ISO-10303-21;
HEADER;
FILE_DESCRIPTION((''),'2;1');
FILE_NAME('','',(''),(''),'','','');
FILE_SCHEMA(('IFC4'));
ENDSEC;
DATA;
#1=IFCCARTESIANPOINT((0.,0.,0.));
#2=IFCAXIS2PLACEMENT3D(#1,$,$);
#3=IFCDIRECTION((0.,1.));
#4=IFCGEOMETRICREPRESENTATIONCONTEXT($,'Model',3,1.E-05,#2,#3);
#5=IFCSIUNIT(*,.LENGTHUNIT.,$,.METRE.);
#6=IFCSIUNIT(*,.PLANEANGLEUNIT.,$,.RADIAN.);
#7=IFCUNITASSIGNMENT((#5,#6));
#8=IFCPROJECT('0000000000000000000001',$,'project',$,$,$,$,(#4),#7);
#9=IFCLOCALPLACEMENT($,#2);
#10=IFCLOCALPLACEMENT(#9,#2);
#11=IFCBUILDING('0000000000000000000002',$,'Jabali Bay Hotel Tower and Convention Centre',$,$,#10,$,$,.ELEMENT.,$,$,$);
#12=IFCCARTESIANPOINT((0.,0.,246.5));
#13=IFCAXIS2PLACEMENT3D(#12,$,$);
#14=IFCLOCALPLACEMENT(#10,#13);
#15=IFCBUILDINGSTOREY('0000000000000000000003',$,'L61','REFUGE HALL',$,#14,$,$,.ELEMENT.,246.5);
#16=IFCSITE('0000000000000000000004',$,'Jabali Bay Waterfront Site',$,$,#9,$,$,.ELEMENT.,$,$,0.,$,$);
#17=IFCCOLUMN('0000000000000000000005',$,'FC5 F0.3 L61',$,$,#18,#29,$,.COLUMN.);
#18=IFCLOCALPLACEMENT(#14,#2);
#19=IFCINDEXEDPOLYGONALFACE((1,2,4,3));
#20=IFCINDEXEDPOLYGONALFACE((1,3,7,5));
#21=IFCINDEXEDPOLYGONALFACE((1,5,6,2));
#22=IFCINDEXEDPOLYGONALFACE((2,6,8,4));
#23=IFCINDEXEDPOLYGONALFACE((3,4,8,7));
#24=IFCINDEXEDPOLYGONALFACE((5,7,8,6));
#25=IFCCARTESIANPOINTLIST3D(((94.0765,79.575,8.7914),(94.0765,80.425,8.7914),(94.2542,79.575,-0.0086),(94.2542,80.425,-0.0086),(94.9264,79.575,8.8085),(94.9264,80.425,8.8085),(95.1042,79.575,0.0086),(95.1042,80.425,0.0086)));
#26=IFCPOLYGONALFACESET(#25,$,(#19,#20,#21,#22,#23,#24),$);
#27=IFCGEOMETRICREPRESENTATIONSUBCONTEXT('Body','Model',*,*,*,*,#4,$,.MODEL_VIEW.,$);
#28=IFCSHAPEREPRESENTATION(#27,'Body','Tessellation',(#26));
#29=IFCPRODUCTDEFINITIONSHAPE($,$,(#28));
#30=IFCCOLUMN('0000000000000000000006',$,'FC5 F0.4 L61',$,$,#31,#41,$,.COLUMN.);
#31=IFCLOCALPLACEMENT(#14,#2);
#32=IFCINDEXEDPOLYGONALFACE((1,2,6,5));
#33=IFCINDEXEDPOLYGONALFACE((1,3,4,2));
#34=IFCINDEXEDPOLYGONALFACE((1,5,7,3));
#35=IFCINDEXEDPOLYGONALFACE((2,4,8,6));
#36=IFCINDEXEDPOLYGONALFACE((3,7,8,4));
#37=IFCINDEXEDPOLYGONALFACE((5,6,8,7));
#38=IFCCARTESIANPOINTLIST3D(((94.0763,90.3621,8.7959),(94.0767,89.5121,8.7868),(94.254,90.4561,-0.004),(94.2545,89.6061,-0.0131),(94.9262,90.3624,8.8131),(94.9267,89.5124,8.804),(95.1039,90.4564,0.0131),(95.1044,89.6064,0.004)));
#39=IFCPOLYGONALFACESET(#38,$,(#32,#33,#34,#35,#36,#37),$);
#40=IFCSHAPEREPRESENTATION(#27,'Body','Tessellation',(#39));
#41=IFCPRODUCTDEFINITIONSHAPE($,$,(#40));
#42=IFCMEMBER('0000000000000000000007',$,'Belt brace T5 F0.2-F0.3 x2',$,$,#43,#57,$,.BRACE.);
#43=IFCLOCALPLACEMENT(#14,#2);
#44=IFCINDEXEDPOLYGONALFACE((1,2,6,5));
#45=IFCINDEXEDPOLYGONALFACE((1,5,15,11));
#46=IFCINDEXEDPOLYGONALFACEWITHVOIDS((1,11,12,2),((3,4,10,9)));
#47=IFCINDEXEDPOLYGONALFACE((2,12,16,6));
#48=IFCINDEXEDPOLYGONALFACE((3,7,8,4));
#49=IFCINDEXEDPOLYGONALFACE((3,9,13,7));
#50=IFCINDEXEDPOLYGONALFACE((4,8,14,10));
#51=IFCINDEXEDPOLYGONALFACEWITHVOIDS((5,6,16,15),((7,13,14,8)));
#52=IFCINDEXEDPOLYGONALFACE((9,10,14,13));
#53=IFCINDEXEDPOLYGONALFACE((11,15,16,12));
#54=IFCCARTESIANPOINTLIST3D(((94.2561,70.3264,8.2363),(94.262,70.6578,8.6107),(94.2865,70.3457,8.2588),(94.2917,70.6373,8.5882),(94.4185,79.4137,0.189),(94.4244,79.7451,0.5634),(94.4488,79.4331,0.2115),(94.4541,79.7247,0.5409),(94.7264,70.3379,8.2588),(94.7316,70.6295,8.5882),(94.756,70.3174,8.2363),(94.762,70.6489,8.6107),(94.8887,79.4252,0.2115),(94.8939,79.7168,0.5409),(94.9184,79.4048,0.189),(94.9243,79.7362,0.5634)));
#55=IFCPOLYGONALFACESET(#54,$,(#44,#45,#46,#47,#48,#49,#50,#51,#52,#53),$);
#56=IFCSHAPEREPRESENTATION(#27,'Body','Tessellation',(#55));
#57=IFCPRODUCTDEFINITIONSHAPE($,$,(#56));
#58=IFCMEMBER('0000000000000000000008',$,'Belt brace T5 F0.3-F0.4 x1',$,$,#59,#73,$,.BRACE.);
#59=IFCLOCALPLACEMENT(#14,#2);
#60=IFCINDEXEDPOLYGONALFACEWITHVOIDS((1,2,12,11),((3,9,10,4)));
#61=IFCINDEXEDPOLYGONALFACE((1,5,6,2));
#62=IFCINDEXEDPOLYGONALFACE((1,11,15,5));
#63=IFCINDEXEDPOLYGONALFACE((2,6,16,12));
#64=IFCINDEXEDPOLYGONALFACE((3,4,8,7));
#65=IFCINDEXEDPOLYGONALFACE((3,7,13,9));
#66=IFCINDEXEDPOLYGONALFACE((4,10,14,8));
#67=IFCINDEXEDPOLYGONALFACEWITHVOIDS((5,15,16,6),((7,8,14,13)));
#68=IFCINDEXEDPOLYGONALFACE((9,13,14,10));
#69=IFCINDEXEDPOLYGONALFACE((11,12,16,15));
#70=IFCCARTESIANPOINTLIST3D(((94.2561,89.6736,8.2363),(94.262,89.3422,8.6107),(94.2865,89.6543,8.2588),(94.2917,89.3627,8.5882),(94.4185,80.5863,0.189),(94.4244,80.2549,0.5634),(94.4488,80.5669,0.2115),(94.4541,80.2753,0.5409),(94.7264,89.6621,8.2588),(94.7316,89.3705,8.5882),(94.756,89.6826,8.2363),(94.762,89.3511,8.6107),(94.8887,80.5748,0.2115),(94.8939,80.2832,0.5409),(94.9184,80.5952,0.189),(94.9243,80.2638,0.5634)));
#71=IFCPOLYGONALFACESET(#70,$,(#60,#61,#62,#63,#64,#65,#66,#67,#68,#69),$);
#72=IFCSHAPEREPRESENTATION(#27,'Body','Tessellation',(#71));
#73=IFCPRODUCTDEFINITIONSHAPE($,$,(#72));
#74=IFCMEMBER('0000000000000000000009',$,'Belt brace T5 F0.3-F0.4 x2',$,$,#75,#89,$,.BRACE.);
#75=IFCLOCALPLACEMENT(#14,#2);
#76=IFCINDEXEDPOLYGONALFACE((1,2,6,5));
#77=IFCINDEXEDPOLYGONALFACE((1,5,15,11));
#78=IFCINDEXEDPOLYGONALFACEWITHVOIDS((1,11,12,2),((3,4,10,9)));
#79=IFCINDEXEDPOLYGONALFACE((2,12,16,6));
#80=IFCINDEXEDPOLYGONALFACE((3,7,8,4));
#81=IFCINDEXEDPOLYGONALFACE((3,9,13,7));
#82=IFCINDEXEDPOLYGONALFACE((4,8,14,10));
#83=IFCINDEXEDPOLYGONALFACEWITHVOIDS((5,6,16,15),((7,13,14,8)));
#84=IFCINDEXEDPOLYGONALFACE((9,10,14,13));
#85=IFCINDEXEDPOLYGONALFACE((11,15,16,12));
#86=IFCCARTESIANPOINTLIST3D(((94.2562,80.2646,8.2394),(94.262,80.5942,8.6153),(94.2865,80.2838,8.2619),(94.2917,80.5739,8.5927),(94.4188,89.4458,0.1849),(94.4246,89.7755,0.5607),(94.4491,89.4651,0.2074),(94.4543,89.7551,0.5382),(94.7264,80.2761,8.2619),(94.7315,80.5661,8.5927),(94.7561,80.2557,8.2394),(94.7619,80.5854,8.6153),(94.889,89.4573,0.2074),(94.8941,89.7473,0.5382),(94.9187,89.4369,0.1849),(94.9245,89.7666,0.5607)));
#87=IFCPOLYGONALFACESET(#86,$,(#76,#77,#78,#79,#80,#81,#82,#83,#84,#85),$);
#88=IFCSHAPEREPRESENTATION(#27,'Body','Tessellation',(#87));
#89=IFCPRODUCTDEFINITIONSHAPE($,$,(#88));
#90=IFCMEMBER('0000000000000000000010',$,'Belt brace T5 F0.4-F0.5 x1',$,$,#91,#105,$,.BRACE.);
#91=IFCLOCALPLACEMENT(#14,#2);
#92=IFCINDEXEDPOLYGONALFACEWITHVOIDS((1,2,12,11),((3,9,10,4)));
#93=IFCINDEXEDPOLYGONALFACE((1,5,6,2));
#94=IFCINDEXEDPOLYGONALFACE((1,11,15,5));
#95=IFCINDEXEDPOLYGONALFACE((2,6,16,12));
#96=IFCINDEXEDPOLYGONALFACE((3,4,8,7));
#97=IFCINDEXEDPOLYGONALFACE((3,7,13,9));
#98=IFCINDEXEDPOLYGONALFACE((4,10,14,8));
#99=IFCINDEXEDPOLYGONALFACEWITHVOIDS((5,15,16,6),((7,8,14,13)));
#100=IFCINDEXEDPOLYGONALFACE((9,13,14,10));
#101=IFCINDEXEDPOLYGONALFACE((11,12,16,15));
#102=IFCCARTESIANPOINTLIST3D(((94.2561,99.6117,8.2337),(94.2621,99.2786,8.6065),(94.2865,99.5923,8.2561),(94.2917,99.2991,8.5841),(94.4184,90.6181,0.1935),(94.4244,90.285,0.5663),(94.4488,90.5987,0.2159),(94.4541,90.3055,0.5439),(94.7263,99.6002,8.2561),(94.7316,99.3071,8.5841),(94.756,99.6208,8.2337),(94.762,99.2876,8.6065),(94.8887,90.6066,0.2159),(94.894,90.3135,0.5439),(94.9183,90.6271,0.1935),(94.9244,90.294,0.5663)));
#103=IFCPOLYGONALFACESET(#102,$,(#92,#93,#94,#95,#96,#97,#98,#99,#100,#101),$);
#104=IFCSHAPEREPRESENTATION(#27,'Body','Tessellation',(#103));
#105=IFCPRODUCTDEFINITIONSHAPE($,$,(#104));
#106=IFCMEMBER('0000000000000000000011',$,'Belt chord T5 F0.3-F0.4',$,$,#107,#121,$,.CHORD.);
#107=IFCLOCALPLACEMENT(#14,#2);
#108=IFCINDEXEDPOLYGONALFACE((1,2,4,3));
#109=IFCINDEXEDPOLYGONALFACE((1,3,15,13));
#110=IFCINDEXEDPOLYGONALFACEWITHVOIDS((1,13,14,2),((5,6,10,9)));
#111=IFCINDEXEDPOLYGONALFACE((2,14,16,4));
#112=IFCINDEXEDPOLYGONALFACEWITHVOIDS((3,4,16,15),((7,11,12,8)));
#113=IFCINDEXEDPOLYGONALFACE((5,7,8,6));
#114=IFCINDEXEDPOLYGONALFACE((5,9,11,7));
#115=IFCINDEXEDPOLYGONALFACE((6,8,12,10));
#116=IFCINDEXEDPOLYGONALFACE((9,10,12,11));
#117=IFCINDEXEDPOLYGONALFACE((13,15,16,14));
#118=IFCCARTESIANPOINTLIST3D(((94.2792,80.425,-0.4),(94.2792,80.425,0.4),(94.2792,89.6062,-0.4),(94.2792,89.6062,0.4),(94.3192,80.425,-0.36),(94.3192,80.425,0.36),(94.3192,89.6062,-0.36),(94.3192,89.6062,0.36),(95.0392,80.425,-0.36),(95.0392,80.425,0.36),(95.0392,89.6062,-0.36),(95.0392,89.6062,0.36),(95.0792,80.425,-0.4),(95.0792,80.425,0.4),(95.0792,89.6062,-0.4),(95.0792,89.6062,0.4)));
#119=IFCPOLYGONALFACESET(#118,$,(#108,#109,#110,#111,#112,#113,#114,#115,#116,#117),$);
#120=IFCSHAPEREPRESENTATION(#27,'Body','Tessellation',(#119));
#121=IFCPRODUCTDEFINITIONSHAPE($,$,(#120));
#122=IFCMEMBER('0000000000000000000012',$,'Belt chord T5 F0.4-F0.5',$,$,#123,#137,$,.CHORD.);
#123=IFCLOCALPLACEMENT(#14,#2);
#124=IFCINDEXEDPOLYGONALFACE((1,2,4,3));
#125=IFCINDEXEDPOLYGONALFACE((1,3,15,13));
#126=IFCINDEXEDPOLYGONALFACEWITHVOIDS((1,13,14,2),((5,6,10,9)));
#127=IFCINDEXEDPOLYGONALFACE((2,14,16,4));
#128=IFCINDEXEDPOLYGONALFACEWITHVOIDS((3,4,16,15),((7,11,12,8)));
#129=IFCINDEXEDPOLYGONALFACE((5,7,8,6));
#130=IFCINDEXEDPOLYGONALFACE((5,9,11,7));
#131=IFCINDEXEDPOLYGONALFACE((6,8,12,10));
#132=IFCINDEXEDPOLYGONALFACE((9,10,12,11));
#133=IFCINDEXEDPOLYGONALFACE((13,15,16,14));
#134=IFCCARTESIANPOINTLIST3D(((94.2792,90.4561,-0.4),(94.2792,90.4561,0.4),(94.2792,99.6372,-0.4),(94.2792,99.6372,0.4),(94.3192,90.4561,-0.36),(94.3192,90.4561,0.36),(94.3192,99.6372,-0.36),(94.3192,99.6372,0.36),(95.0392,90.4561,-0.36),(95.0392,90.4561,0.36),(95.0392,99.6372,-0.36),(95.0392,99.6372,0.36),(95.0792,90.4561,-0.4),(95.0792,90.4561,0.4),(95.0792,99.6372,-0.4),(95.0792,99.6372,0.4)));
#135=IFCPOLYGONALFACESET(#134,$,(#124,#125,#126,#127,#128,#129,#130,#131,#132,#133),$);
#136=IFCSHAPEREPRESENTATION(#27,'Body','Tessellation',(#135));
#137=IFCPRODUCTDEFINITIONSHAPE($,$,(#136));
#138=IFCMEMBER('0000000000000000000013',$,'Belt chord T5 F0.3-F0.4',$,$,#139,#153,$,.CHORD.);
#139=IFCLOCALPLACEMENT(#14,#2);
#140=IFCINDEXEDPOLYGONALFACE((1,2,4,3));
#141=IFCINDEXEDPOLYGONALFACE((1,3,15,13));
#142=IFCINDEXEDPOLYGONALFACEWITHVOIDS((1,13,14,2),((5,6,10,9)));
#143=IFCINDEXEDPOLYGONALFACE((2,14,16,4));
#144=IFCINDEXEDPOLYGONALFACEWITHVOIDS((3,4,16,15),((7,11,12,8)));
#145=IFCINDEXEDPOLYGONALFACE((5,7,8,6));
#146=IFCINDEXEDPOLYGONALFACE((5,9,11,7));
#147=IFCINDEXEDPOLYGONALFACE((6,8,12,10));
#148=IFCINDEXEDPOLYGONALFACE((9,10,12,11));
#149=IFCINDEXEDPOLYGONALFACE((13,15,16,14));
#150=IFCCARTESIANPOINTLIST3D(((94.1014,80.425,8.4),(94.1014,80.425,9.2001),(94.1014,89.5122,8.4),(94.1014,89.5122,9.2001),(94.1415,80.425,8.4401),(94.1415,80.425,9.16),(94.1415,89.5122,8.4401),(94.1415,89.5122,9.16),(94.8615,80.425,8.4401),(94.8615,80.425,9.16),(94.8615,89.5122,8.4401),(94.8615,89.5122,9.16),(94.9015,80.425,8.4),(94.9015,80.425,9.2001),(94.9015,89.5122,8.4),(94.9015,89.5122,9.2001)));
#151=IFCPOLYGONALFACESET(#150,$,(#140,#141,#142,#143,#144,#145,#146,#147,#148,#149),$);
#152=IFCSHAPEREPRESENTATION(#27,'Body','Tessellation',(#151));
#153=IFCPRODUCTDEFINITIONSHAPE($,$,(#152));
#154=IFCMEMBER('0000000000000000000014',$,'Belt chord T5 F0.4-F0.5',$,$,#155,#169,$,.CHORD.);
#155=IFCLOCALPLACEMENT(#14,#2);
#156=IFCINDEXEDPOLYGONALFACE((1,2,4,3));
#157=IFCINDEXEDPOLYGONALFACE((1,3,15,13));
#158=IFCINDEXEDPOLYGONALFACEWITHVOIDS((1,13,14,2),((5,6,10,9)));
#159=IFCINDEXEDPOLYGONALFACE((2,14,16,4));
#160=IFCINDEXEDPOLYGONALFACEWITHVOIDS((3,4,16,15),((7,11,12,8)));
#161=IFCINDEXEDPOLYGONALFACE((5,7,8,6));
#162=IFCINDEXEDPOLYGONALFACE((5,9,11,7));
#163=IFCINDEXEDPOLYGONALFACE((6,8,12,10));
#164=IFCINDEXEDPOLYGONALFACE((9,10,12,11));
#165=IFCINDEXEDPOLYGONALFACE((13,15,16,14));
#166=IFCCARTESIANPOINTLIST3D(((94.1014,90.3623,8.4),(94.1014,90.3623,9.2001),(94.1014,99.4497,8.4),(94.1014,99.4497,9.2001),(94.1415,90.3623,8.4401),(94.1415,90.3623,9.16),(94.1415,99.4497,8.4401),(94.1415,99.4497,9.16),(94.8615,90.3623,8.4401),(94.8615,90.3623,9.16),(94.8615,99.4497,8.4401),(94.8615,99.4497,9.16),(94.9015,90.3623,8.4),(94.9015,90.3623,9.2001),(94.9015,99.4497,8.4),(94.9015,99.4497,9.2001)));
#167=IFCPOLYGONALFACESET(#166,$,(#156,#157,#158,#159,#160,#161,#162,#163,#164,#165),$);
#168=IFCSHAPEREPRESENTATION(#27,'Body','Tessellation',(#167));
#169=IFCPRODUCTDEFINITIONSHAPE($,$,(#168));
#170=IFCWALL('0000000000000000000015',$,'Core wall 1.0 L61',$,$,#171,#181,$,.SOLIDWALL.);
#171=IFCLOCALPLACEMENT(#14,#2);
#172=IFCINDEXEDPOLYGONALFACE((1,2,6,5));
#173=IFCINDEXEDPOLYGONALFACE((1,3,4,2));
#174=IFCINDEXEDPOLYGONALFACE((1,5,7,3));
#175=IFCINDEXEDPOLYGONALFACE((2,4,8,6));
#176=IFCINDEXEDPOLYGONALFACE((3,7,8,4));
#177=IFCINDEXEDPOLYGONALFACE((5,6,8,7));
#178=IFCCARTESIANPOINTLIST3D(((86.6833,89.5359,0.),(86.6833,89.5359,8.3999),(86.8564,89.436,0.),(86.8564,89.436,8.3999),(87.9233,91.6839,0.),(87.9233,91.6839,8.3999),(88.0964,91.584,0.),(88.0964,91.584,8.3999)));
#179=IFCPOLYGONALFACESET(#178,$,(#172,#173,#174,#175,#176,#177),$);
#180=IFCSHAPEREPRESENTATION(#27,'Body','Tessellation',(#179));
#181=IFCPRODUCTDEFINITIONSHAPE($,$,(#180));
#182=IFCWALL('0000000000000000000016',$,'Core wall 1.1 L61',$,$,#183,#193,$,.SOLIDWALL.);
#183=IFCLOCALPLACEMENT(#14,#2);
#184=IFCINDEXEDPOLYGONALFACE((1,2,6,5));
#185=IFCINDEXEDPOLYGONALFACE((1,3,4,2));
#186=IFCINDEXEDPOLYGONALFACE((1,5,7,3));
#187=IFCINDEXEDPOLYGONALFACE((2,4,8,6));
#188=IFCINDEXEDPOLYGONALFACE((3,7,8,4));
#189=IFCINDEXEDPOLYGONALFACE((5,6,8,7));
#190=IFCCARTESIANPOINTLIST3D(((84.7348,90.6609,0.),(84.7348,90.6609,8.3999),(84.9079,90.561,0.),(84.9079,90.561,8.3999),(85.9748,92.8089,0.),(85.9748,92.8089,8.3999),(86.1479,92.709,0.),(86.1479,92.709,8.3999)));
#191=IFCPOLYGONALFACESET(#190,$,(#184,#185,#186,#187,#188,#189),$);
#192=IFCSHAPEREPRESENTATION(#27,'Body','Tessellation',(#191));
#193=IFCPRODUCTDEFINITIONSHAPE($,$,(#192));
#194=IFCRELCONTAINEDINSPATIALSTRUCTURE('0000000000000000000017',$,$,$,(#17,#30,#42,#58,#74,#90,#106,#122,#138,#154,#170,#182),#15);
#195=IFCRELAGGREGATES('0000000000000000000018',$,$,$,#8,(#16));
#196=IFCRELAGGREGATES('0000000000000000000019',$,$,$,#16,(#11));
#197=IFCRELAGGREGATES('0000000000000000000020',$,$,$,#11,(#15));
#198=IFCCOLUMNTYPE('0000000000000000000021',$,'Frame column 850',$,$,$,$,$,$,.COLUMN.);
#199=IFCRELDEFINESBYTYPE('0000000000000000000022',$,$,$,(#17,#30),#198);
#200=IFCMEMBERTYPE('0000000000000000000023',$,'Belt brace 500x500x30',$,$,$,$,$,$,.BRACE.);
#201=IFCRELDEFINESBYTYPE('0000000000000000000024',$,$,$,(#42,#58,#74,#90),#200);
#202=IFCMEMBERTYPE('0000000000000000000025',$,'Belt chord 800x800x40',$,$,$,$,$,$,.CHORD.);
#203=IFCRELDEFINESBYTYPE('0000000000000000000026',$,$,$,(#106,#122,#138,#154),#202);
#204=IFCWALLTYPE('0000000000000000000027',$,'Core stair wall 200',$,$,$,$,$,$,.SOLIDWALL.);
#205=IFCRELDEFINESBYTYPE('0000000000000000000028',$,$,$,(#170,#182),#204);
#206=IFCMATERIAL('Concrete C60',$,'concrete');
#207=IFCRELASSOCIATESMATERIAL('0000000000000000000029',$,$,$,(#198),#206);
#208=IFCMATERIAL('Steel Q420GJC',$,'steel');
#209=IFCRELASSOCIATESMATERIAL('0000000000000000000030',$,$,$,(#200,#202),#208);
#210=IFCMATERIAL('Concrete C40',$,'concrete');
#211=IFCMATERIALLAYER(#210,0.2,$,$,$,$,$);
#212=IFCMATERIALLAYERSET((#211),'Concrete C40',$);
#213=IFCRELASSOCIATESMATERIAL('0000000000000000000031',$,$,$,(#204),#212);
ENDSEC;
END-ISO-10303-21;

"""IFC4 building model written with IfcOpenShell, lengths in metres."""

from ifc_helpers import new_model, si_unit, direction, frame, frame_2d, origin, origin_2d, place, context, subcontext, project, spatial, rectangle, hollow_rectangle, extrude, material, layer, layer_set, material_profile, profile_set, type_object, element, save


model = new_model("IFC4")

# Units and contexts
model_context = context("Model", 3, precision=1e-05, world=origin(), true_north=direction((0.0, 1.0)))
body_context = subcontext(model_context, "Body", "Model", "MODEL_VIEW")
ifc_project = project(units=[si_unit("LENGTHUNIT", "METRE"), si_unit("PLANEANGLEUNIT", "RADIAN")], contexts=[model_context])

# Site, building, storey
site_placement = place(None, origin())
site = spatial("IfcSite", under=ifc_project, at=site_placement, Name="Jabali Bay Waterfront Site", CompositionType="ELEMENT", RefElevation=0.0)
building_placement = place(site_placement, origin())
building = spatial("IfcBuilding", under=site, at=building_placement, Name="Jabali Bay Hotel Tower and Convention Centre", CompositionType="ELEMENT")
storey_placement = place(building_placement, frame((0.0, 0.0, 246.5)))
storey = spatial("IfcBuildingStorey", under=building, at=storey_placement, Name="L61", Description="REFUGE HALL", CompositionType="ELEMENT", Elevation=246.5)

# Columns
ifc_material_1 = material(Name="Concrete C60", Category="concrete")
ifc_material_profile_1 = material_profile(ifc_material_1, rectangle(XDim=0.8501, YDim=0.8501, at=origin_2d()), Name="Frame column 850")
ifc_profile_set_1 = profile_set([ifc_material_profile_1], Name="Concrete C60")
column_type = type_object("IfcColumnType", Name="Frame column 850", PredefinedType="COLUMN", material=ifc_profile_set_1)
column_1_placement = place(storey_placement, frame((94.6792, 80.0, 0.0), z_axis=(-0.020193, 0.0, 0.999796), x_axis=(0.0, -1.0, 0.0)))
element("IfcColumn", 1, at=column_1_placement, inside=storey, type_object=column_type, Name="FC5 F0.3 L61", PredefinedType="COLUMN", context=body_context, shape_type="SweptSolid", body=[
    extrude(rectangle(XDim=0.8501, YDim=0.8501, at=origin_2d()), origin(), (0.0, 0.0, 1.0), 8.8018),
])
column_2_placement = place(storey_placement, frame((94.6792, 90.0312, 0.0), z_axis=(-0.020192, -0.010678, 0.999739), x_axis=(0.999796, 0.00036, 0.020197)))
element("IfcColumn", 2, at=column_2_placement, inside=storey, type_object=column_type, Name="FC5 F0.4 L61", PredefinedType="COLUMN", context=body_context, shape_type="SweptSolid", body=[
    extrude(rectangle(XDim=0.8501, YDim=0.8501, at=origin_2d()), origin(), (0.0, 0.0, 1.0), 8.8022),
])

# Members
ifc_material_2 = material(Name="Steel Q420GJC", Category="steel")
ifc_material_profile_2 = material_profile(ifc_material_2, hollow_rectangle(XDim=0.5, YDim=0.5, WallThickness=0.03, at=origin_2d()), Name="Belt brace 500x500x30")
ifc_profile_set_2 = profile_set([ifc_material_profile_2], Name="Steel Q420GJC")
member_type_1 = type_object("IfcMemberType", Name="Belt brace 500x500x30", PredefinedType="BRACE", material=ifc_profile_set_2)
for number, where, z_axis, x_axis, name in (
    (3, (94.6714, 79.575, 0.3762), (-0.013374, -0.748582, 0.662908), (0.99984, -0.017863, 0.0), "Belt brace T5 F0.2-F0.3 x2"),
    (4, (94.6714, 80.425, 0.3762), (-0.013374, 0.748582, 0.662908), (-0.99984, -0.017863, 0.0), "Belt brace T5 F0.3-F0.4 x1"),
):
    element("IfcMember", number, at=place(storey_placement, frame(where, z_axis=z_axis, x_axis=x_axis)), inside=storey, type_object=member_type_1, Name=name, PredefinedType="BRACE", context=body_context, shape_type="SweptSolid", body=[
        extrude(hollow_rectangle(XDim=0.5, YDim=0.5, WallThickness=0.03, at=origin_2d()), origin(), (0.0, 0.0, 1.0), 12.1394),
    ])
member_1_placement = place(storey_placement, frame((94.6716, 89.6062, 0.3728), z_axis=(-0.013312, -0.75166, 0.659416), x_axis=(0.999843, -0.017707, 0.0)))
element("IfcMember", 5, at=member_1_placement, inside=storey, type_object=member_type_1, Name="Belt brace T5 F0.3-F0.4 x2", PredefinedType="BRACE", context=body_context, shape_type="SweptSolid", body=[
    extrude(hollow_rectangle(XDim=0.5, YDim=0.5, WallThickness=0.03, at=origin_2d()), origin(), (0.0, 0.0, 1.0), 12.2146),
])
member_2_placement = place(storey_placement, frame((94.6714, 90.4561, 0.3799), z_axis=(-0.013457, 0.745448, 0.666427), x_axis=(-0.999837, -0.018049, 0.0)))
element("IfcMember", 6, at=member_2_placement, inside=storey, type_object=member_type_1, Name="Belt brace T5 F0.4-F0.5 x1", PredefinedType="BRACE", context=body_context, shape_type="SweptSolid", body=[
    extrude(hollow_rectangle(XDim=0.5, YDim=0.5, WallThickness=0.03, at=origin_2d()), origin(), (0.0, 0.0, 1.0), 12.0647),
])
ifc_material_profile_3 = material_profile(ifc_material_2, hollow_rectangle(XDim=0.8, YDim=0.8, WallThickness=0.04, at=origin_2d()), Name="Belt chord 800x800x40")
ifc_profile_set_3 = profile_set([ifc_material_profile_3], Name="Steel Q420GJC")
member_type_2 = type_object("IfcMemberType", Name="Belt chord 800x800x40", PredefinedType="CHORD", material=ifc_profile_set_3)
for number, where, z_axis, x_axis, name in (
    (7, (94.6792, 80.425, 0.0), (0.0, 1.0, 0.0), (-1.0, 0.0, 0.0), "Belt chord T5 F0.3-F0.4"),
    (8, (94.6792, 90.4561, 0.0), (0.0, 1.0, 0.0), (-1.0, 0.0, 0.0), "Belt chord T5 F0.4-F0.5"),
):
    element("IfcMember", number, at=place(storey_placement, frame(where, z_axis=z_axis, x_axis=x_axis)), inside=storey, type_object=member_type_2, Name=name, PredefinedType="CHORD", context=body_context, shape_type="SweptSolid", body=[
        extrude(hollow_rectangle(XDim=0.8, YDim=0.8, WallThickness=0.04, at=origin_2d()), origin(), (0.0, 0.0, 1.0), 9.1812),
    ])
member_3_placement = place(storey_placement, frame((94.5015, 80.425, 8.8), z_axis=(0.0, 1.0, 0.0), x_axis=(-1.0, 0.0, 0.0)))
element("IfcMember", 9, at=member_3_placement, inside=storey, type_object=member_type_2, Name="Belt chord T5 F0.3-F0.4", PredefinedType="CHORD", context=body_context, shape_type="SweptSolid", body=[
    extrude(hollow_rectangle(XDim=0.8, YDim=0.8, WallThickness=0.04, at=origin_2d()), origin(), (0.0, 0.0, 1.0), 9.0872),
])
member_4_placement = place(storey_placement, frame((94.5015, 90.3623, 8.8), z_axis=(0.0, 1.0, 0.0), x_axis=(-1.0, 0.0, 0.0)))
element("IfcMember", 10, at=member_4_placement, inside=storey, type_object=member_type_2, Name="Belt chord T5 F0.4-F0.5", PredefinedType="CHORD", context=body_context, shape_type="SweptSolid", body=[
    extrude(hollow_rectangle(XDim=0.8, YDim=0.8, WallThickness=0.04, at=origin_2d()), origin(), (0.0, 0.0, 1.0), 9.0874),
])

# Walls
ifc_material_3 = material(Name="Concrete C40", Category="concrete")
ifc_layer_1 = layer(ifc_material_3, 0.2)
ifc_layer_set_1 = layer_set([ifc_layer_1], Name="Concrete C40")
wall_type_1 = type_object("IfcWallType", Name="Core stair wall 200", PredefinedType="SOLIDWALL", material=ifc_layer_set_1)
for number, where, z_axis, x_axis, name in (
    (11, (86.7698, 89.4858, 0.0), (0.0, 0.0, 1.0), (0.499961, 0.866048, 0.0), "Core wall 1.0 L61"),
    (12, (84.8213, 90.6108, 0.0), (0.0, 0.0, 1.0), (0.499961, 0.866048, 0.0), "Core wall 1.1 L61"),
):
    element("IfcWall", number, at=place(storey_placement, frame(where, z_axis=z_axis, x_axis=x_axis)), inside=storey, type_object=wall_type_1, Name=name, PredefinedType="SOLIDWALL", context=body_context, shape_type="SweptSolid", body=[
        extrude(rectangle(XDim=2.4802, YDim=0.2, at=frame_2d((1.2402, 0.0))), origin(), (0.0, 0.0, 1.0), 8.3999),
    ])

save(model, "model.ifc")
